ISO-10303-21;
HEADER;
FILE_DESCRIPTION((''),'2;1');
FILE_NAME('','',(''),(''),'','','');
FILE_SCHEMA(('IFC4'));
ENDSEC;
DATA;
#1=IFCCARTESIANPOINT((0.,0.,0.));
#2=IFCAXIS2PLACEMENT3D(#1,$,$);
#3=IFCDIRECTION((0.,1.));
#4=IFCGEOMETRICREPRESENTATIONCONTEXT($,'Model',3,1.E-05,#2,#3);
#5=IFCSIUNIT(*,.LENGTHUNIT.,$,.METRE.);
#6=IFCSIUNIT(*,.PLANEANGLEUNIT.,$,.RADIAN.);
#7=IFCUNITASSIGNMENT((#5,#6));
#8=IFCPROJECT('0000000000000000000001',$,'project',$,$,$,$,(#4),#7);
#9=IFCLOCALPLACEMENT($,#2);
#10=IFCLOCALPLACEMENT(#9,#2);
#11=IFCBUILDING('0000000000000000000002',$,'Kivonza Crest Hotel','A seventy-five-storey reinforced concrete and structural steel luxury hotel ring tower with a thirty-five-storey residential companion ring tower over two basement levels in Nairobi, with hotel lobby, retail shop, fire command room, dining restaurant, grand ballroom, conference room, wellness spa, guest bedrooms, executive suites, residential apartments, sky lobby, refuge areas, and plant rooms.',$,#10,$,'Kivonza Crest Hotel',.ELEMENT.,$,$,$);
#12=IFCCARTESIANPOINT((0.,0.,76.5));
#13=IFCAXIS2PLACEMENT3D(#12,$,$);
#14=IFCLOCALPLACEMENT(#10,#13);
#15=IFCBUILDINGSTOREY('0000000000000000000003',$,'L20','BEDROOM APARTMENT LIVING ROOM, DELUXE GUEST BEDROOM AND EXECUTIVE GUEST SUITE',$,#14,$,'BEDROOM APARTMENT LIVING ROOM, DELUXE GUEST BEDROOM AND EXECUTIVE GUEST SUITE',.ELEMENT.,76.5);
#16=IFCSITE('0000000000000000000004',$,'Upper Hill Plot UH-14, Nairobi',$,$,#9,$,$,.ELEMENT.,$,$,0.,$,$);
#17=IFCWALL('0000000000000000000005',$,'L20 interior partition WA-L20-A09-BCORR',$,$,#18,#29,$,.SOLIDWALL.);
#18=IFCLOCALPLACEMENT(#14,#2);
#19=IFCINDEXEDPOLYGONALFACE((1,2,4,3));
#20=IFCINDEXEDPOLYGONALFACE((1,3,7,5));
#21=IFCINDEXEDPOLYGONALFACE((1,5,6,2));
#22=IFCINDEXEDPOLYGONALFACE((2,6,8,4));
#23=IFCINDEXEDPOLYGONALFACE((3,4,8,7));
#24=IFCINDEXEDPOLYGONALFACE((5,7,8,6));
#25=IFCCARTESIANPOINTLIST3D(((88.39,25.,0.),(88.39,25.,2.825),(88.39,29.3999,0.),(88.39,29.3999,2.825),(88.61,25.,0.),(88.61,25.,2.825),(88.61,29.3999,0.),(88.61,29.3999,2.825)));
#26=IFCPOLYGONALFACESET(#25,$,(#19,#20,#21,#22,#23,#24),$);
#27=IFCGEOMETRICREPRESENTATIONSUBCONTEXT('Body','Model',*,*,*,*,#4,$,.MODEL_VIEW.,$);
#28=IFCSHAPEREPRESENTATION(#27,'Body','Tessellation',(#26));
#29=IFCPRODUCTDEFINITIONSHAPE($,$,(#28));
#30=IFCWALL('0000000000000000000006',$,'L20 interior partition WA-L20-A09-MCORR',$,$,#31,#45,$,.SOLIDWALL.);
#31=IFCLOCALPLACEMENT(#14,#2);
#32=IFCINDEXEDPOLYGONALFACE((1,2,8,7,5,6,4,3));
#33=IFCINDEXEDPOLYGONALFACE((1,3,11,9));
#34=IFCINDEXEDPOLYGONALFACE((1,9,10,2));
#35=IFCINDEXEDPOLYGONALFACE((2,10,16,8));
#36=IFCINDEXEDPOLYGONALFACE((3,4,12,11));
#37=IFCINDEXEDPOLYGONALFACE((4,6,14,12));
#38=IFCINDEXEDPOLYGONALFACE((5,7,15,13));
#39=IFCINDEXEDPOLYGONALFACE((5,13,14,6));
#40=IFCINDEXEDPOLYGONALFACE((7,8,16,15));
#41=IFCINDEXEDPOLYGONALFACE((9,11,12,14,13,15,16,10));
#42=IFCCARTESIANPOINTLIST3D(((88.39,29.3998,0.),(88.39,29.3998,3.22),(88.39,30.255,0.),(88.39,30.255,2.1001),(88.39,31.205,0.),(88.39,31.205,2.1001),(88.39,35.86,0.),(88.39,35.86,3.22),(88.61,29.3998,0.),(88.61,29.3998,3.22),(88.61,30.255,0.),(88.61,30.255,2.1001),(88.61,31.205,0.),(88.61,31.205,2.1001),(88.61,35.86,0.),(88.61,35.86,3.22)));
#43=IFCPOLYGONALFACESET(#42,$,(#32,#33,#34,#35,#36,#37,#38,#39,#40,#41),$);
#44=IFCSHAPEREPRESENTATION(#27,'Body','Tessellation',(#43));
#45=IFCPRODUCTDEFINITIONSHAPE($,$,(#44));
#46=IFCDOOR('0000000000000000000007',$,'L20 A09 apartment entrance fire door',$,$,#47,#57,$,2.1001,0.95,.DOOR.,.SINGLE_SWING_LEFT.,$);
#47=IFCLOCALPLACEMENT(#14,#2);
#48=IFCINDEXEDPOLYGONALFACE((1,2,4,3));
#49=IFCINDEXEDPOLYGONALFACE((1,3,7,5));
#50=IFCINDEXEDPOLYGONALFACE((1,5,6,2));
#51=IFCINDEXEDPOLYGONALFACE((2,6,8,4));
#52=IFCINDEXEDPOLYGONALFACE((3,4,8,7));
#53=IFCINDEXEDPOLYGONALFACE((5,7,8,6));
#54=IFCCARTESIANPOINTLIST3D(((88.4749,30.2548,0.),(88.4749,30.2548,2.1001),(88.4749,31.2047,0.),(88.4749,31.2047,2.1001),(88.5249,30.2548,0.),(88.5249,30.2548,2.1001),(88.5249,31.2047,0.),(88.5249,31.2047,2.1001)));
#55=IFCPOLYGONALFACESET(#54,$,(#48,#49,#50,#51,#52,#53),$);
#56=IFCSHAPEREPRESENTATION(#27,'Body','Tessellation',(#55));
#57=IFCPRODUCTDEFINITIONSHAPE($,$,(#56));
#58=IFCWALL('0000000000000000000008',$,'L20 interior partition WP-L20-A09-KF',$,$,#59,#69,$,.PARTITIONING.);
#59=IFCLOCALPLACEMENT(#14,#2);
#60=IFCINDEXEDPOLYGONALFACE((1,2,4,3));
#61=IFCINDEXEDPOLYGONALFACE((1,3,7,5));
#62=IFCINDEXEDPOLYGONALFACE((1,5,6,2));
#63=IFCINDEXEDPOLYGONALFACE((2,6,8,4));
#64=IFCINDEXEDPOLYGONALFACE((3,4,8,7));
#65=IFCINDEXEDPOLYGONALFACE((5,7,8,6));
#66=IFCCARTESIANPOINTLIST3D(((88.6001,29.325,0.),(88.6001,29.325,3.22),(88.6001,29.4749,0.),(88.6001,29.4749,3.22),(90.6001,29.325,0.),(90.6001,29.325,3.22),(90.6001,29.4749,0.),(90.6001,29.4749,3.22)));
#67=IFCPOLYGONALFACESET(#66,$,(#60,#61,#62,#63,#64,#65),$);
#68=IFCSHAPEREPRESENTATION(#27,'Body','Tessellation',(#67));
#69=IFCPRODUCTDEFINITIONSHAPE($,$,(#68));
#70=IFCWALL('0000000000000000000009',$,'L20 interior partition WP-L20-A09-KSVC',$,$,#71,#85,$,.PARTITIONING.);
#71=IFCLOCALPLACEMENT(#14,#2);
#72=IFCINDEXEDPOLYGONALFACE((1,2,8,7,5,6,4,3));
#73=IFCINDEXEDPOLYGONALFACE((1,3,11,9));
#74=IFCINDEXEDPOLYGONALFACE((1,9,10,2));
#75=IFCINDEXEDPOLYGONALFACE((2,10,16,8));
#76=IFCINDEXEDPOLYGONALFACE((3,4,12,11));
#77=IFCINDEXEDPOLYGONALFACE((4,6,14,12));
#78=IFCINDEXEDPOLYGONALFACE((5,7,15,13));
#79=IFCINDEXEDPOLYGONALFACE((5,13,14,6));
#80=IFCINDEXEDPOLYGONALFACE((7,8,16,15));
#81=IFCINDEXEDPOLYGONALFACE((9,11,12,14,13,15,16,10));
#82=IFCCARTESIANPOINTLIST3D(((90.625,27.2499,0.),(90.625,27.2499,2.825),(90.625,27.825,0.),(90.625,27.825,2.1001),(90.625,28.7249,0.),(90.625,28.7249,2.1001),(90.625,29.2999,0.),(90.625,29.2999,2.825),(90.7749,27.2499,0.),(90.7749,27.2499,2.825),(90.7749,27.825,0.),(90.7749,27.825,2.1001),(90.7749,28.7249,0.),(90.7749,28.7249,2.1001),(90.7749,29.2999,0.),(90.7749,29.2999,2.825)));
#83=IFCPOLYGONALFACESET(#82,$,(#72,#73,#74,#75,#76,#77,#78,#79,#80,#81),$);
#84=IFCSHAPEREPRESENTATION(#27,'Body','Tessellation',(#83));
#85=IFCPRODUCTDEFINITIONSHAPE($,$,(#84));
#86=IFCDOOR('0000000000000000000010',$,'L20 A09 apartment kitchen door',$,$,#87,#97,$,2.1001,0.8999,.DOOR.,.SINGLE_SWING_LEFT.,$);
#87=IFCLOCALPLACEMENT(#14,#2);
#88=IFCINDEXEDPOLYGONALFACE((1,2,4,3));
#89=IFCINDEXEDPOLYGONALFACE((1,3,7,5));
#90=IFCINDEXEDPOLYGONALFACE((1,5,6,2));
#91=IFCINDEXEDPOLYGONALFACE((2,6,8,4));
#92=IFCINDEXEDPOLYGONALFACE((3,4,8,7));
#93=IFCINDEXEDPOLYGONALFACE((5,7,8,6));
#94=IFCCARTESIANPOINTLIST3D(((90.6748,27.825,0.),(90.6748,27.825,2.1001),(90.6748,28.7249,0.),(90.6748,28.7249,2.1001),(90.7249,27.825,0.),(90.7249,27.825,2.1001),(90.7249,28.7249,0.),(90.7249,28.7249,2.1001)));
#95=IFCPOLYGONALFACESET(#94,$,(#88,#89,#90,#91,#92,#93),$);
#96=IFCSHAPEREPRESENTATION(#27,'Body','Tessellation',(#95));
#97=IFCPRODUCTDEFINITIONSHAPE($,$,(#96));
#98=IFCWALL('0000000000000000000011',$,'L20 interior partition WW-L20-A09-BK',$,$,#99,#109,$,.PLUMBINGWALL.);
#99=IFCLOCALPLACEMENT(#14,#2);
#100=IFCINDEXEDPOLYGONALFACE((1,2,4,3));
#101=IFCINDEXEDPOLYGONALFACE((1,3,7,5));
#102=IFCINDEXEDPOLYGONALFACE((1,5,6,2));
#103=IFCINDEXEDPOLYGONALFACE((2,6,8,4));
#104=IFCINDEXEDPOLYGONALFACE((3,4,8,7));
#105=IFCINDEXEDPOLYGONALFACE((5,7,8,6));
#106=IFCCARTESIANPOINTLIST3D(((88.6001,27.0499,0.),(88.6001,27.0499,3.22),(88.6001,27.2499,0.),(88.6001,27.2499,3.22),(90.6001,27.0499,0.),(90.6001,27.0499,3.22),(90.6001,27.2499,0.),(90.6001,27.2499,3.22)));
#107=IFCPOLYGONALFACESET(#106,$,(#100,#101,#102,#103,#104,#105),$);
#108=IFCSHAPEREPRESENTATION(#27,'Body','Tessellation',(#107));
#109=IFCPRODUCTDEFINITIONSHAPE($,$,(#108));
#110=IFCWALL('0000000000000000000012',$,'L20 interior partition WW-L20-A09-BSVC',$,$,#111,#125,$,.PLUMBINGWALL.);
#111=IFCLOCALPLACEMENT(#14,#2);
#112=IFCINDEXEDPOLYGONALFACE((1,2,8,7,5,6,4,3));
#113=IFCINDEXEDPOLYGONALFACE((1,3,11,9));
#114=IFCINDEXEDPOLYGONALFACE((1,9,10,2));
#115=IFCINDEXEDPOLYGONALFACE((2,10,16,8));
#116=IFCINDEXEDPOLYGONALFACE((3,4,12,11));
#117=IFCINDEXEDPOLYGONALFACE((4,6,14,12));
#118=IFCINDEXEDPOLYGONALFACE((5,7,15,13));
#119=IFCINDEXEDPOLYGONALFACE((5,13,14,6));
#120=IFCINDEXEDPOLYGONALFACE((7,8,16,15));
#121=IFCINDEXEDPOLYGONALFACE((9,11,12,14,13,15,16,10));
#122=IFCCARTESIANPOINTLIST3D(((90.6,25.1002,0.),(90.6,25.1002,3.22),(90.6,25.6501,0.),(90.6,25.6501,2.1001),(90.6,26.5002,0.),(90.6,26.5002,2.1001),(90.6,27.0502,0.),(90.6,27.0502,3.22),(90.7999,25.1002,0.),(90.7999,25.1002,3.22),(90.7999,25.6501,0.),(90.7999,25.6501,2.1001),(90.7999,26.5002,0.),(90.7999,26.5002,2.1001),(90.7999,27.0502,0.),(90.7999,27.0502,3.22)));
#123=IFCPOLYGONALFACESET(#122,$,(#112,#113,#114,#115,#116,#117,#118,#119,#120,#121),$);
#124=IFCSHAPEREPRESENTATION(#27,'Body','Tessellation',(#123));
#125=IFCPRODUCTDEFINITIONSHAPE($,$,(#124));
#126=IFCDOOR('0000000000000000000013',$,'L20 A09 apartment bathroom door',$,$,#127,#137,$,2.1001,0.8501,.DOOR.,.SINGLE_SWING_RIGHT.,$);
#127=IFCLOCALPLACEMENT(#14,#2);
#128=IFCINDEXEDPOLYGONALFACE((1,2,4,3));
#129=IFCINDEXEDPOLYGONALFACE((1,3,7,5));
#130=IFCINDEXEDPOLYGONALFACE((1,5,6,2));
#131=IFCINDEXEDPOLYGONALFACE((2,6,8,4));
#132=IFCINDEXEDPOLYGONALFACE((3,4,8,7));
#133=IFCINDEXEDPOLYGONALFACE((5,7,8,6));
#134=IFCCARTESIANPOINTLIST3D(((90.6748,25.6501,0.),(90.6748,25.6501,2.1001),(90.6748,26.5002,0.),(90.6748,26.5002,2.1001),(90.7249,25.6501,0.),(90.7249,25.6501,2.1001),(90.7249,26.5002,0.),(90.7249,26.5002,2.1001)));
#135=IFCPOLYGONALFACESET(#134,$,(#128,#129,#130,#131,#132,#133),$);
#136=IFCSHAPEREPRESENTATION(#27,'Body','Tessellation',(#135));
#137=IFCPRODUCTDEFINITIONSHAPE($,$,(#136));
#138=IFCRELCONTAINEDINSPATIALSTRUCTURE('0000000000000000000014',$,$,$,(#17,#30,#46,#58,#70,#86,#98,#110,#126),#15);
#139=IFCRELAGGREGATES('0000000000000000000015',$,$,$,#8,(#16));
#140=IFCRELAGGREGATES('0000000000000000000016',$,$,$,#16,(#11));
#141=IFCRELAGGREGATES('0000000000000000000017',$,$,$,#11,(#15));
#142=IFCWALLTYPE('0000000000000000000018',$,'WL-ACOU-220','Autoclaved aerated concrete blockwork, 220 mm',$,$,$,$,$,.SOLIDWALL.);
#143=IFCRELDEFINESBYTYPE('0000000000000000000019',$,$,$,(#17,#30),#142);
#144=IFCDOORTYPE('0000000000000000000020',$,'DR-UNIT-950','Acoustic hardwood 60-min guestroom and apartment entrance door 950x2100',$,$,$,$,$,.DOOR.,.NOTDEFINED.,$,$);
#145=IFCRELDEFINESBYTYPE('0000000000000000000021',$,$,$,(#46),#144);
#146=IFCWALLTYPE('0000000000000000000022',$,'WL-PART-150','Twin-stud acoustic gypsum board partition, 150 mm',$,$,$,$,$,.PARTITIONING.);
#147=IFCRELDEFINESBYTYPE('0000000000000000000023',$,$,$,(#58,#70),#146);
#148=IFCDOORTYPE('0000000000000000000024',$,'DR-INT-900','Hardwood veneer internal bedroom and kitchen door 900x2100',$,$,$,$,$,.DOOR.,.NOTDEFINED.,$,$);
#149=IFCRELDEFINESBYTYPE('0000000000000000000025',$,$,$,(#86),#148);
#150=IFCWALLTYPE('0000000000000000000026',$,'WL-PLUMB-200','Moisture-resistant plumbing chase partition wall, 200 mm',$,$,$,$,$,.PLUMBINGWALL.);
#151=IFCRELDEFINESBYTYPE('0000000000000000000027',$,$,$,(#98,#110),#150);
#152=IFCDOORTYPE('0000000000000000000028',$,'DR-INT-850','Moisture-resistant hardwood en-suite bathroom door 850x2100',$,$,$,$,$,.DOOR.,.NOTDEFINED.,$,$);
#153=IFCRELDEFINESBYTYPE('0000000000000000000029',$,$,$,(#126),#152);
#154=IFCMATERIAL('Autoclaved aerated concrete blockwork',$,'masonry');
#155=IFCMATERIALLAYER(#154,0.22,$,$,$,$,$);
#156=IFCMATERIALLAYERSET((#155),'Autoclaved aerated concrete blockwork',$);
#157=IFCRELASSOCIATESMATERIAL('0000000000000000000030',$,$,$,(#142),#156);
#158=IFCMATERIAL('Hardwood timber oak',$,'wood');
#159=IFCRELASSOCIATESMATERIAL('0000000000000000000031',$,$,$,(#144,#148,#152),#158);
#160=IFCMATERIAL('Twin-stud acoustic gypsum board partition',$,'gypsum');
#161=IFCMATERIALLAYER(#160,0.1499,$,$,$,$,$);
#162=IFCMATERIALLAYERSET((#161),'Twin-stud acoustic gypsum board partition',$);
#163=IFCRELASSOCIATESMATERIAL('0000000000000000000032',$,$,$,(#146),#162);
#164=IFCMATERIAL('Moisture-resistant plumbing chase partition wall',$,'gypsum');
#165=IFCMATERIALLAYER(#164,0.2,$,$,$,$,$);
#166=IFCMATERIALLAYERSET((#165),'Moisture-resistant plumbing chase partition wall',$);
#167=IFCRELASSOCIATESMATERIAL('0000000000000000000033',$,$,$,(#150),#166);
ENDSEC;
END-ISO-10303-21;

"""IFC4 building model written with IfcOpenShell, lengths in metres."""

from ifc_helpers import new_model, si_unit, direction, frame, frame_2d, origin, place, context, subcontext, project, spatial, rectangle, extrude, material, layer, layer_set, type_object, element, fill, save


model = new_model("IFC4")

# Units and contexts
model_context = context("Model", 3, precision=1e-05, world=origin(), true_north=direction((0.0, 1.0)))
body_context = subcontext(model_context, "Body", "Model", "MODEL_VIEW")
ifc_project = project(units=[si_unit("LENGTHUNIT", "METRE"), si_unit("PLANEANGLEUNIT", "RADIAN")], contexts=[model_context])

# Site, building, storey
site_placement = place(None, origin())
site = spatial("IfcSite", under=ifc_project, at=site_placement, Name="Upper Hill Plot UH-14, Nairobi", CompositionType="ELEMENT", RefElevation=0.0)
building_placement = place(site_placement, origin())
building = spatial("IfcBuilding", under=site, at=building_placement, Name="Kivonza Crest Hotel", Description="A seventy-five-storey reinforced concrete and structural steel luxury hotel ring tower with a thirty-five-storey residential companion ring tower over two basement levels in Nairobi, with hotel lobby, retail shop, fire command room, dining restaurant, grand ballroom, conference room, wellness spa, guest bedrooms, executive suites, residential apartments, sky lobby, refuge areas, and plant rooms.", LongName="Kivonza Crest Hotel", CompositionType="ELEMENT")
storey_placement = place(building_placement, frame((0.0, 0.0, 76.5)))
storey = spatial("IfcBuildingStorey", under=building, at=storey_placement, Name="L20", Description="BEDROOM APARTMENT LIVING ROOM, DELUXE GUEST BEDROOM AND EXECUTIVE GUEST SUITE", LongName="BEDROOM APARTMENT LIVING ROOM, DELUXE GUEST BEDROOM AND EXECUTIVE GUEST SUITE", CompositionType="ELEMENT", Elevation=76.5)

# Wall
ifc_material_1 = material(Name="Autoclaved aerated concrete blockwork", Category="masonry")
ifc_layer_1 = layer(ifc_material_1, 0.22)
ifc_layer_set_1 = layer_set([ifc_layer_1], Name="Autoclaved aerated concrete blockwork")
wall_type_1 = type_object("IfcWallType", Name="WL-ACOU-220", Description="Autoclaved aerated concrete blockwork, 220 mm", PredefinedType="SOLIDWALL", material=ifc_layer_set_1)
wall_1_placement = place(storey_placement, frame((88.5, 25.0, 0.0), z_axis=(0.0, 0.0, 1.0), x_axis=(0.0, 1.0, 0.0)))
element("IfcWall", 1, at=wall_1_placement, inside=storey, type_object=wall_type_1, Name="L20 interior partition WA-L20-A09-BCORR", PredefinedType="SOLIDWALL", context=body_context, shape_type="SweptSolid", body=[
    extrude(rectangle(XDim=4.3999, YDim=0.22, at=frame_2d((2.2, 0.0))), origin(), (0.0, 0.0, 1.0), 2.825),
])

# Wall, opening, door
wall_2_placement = place(storey_placement, frame((88.5, 29.3999, 0.0), z_axis=(0.0, 0.0, 1.0), x_axis=(0.0, 1.0, 0.0)))
wall_2 = element("IfcWall", 2, at=wall_2_placement, inside=storey, type_object=wall_type_1, Name="L20 interior partition WA-L20-A09-MCORR", PredefinedType="SOLIDWALL", context=body_context, shape_type="SweptSolid", body=[
    extrude(rectangle(XDim=6.4602, YDim=0.22, at=frame_2d((3.23, 0.0))), origin(), (0.0, 0.0, 1.0), 3.22),
])
opening_1_placement = place(wall_2_placement, frame((0.855, 0.0, 0.0)))
opening_1 = element("IfcOpeningElement", 3, at=opening_1_placement, cuts=wall_2, PredefinedType="OPENING", context=body_context, shape_type="SweptSolid", body=[
    extrude(rectangle(XDim=0.95, YDim=2.1001, at=frame_2d((0.4751, 1.05))), frame((0.0, 0.1201, 0.0), z_axis=(0.0, -1.0, 0.0), x_axis=(1.0, 0.0, 0.0)), (0.0, 0.0, 1.0), 0.24),
])
ifc_material_2 = material(Name="Hardwood timber oak", Category="wood")
door_type_1 = type_object("IfcDoorType", Name="DR-UNIT-950", Description="Acoustic hardwood 60-min guestroom and apartment entrance door 950x2100", OperationType="NOTDEFINED", PredefinedType="DOOR", material=ifc_material_2)
door_1_placement = place(opening_1_placement, frame((0.95, 0.0, 0.0), z_axis=(0.0, 0.0, 1.0), x_axis=(-1.0, 0.0, 0.0)))
door_1 = element("IfcDoor", 4, at=door_1_placement, inside=storey, type_object=door_type_1, Name="L20 A09 apartment entrance fire door", OperationType="SINGLE_SWING_LEFT", OverallHeight=2.1001, OverallWidth=0.95, PredefinedType="DOOR", context=body_context, shape_type="SweptSolid", body=[
    extrude(rectangle(XDim=0.95, YDim=2.1001, at=frame_2d((0.4751, 1.05))), frame((0.0, 0.0249, 0.0), z_axis=(0.0, -1.0, 0.0), x_axis=(1.0, 0.0, 0.0)), (0.0, 0.0, 1.0), 0.05),
])
fill(opening_1, door_1)

# Wall
ifc_material_3 = material(Name="Twin-stud acoustic gypsum board partition", Category="gypsum")
ifc_layer_2 = layer(ifc_material_3, 0.1499)
ifc_layer_set_2 = layer_set([ifc_layer_2], Name="Twin-stud acoustic gypsum board partition")
wall_type_2 = type_object("IfcWallType", Name="WL-PART-150", Description="Twin-stud acoustic gypsum board partition, 150 mm", PredefinedType="PARTITIONING", material=ifc_layer_set_2)
wall_3_placement = place(storey_placement, frame((88.6001, 29.3999, 0.0), z_axis=(0.0, 0.0, 1.0), x_axis=(1.0, 0.0, 0.0)))
element("IfcWall", 5, at=wall_3_placement, inside=storey, type_object=wall_type_2, Name="L20 interior partition WP-L20-A09-KF", PredefinedType="PARTITIONING", context=body_context, shape_type="SweptSolid", body=[
    extrude(rectangle(XDim=2.0, YDim=0.1499, at=frame_2d((1.0, 0.0))), origin(), (0.0, 0.0, 1.0), 3.22),
])

# Wall, opening, door
wall_4_placement = place(storey_placement, frame((90.7, 27.25, 0.0), z_axis=(0.0, 0.0, 1.0), x_axis=(0.0, 1.0, 0.0)))
wall_4 = element("IfcWall", 6, at=wall_4_placement, inside=storey, type_object=wall_type_2, Name="L20 interior partition WP-L20-A09-KSVC", PredefinedType="PARTITIONING", context=body_context, shape_type="SweptSolid", body=[
    extrude(rectangle(XDim=2.05, YDim=0.1499, at=frame_2d((1.0249, 0.0))), origin(), (0.0, 0.0, 1.0), 2.825),
])
opening_2_placement = place(wall_4_placement, frame((0.575, 0.0, 0.0)))
opening_2 = element("IfcOpeningElement", 7, at=opening_2_placement, cuts=wall_4, PredefinedType="OPENING", context=body_context, shape_type="SweptSolid", body=[
    extrude(rectangle(XDim=0.8999, YDim=2.1001, at=frame_2d((0.45, 1.05))), frame((0.0, 0.085, 0.0), z_axis=(0.0, -1.0, 0.0), x_axis=(1.0, 0.0, 0.0)), (0.0, 0.0, 1.0), 0.1699),
])
door_type_2 = type_object("IfcDoorType", Name="DR-INT-900", Description="Hardwood veneer internal bedroom and kitchen door 900x2100", OperationType="NOTDEFINED", PredefinedType="DOOR", material=ifc_material_2)
door_2_placement = place(opening_2_placement, frame((0.8999, 0.0, 0.0), z_axis=(0.0, 0.0, 1.0), x_axis=(-1.0, 0.0, 0.0)))
door_2 = element("IfcDoor", 8, at=door_2_placement, inside=storey, type_object=door_type_2, Name="L20 A09 apartment kitchen door", OperationType="SINGLE_SWING_LEFT", OverallHeight=2.1001, OverallWidth=0.8999, PredefinedType="DOOR", context=body_context, shape_type="SweptSolid", body=[
    extrude(rectangle(XDim=0.8999, YDim=2.1001, at=frame_2d((0.45, 1.05))), frame((0.0, 0.0249, 0.0), z_axis=(0.0, -1.0, 0.0), x_axis=(1.0, 0.0, 0.0)), (0.0, 0.0, 1.0), 0.05),
])
fill(opening_2, door_2)

# Wall
ifc_material_4 = material(Name="Moisture-resistant plumbing chase partition wall", Category="gypsum")
ifc_layer_3 = layer(ifc_material_4, 0.2)
ifc_layer_set_3 = layer_set([ifc_layer_3], Name="Moisture-resistant plumbing chase partition wall")
wall_type_3 = type_object("IfcWallType", Name="WL-PLUMB-200", Description="Moisture-resistant plumbing chase partition wall, 200 mm", PredefinedType="PLUMBINGWALL", material=ifc_layer_set_3)
wall_5_placement = place(storey_placement, frame((88.6001, 27.1499, 0.0), z_axis=(0.0, 0.0, 1.0), x_axis=(1.0, 0.0, 0.0)))
element("IfcWall", 9, at=wall_5_placement, inside=storey, type_object=wall_type_3, Name="L20 interior partition WW-L20-A09-BK", PredefinedType="PLUMBINGWALL", context=body_context, shape_type="SweptSolid", body=[
    extrude(rectangle(XDim=2.0, YDim=0.2, at=frame_2d((1.0, 0.0))), origin(), (0.0, 0.0, 1.0), 3.22),
])

# Wall, opening, door
wall_6_placement = place(storey_placement, frame((90.7, 25.1001, 0.0), z_axis=(0.0, 0.0, 1.0), x_axis=(0.0, 1.0, 0.0)))
wall_6 = element("IfcWall", 10, at=wall_6_placement, inside=storey, type_object=wall_type_3, Name="L20 interior partition WW-L20-A09-BSVC", PredefinedType="PLUMBINGWALL", context=body_context, shape_type="SweptSolid", body=[
    extrude(rectangle(XDim=1.95, YDim=0.2, at=frame_2d((0.9751, 0.0))), origin(), (0.0, 0.0, 1.0), 3.22),
])
opening_3_placement = place(wall_6_placement, frame((0.55, 0.0, 0.0)))
opening_3 = element("IfcOpeningElement", 11, at=opening_3_placement, cuts=wall_6, PredefinedType="OPENING", context=body_context, shape_type="SweptSolid", body=[
    extrude(rectangle(XDim=0.8501, YDim=2.1001, at=frame_2d((0.425, 1.05))), frame((0.0, 0.1099, 0.0), z_axis=(0.0, -1.0, 0.0), x_axis=(1.0, 0.0, 0.0)), (0.0, 0.0, 1.0), 0.22),
])
door_type_3 = type_object("IfcDoorType", Name="DR-INT-850", Description="Moisture-resistant hardwood en-suite bathroom door 850x2100", OperationType="NOTDEFINED", PredefinedType="DOOR", material=ifc_material_2)
door_3_placement = place(opening_3_placement, frame((0.8501, 0.0, 0.0), z_axis=(0.0, 0.0, 1.0), x_axis=(-1.0, 0.0, 0.0)))
door_3 = element("IfcDoor", 12, at=door_3_placement, inside=storey, type_object=door_type_3, Name="L20 A09 apartment bathroom door", OperationType="SINGLE_SWING_RIGHT", OverallHeight=2.1001, OverallWidth=0.8501, PredefinedType="DOOR", context=body_context, shape_type="SweptSolid", body=[
    extrude(rectangle(XDim=0.8501, YDim=2.1001, at=frame_2d((0.425, 1.05))), frame((0.0, 0.0249, 0.0), z_axis=(0.0, -1.0, 0.0), x_axis=(1.0, 0.0, 0.0)), (0.0, 0.0, 1.0), 0.05),
])
fill(opening_3, door_3)

save(model, "model.ifc")
